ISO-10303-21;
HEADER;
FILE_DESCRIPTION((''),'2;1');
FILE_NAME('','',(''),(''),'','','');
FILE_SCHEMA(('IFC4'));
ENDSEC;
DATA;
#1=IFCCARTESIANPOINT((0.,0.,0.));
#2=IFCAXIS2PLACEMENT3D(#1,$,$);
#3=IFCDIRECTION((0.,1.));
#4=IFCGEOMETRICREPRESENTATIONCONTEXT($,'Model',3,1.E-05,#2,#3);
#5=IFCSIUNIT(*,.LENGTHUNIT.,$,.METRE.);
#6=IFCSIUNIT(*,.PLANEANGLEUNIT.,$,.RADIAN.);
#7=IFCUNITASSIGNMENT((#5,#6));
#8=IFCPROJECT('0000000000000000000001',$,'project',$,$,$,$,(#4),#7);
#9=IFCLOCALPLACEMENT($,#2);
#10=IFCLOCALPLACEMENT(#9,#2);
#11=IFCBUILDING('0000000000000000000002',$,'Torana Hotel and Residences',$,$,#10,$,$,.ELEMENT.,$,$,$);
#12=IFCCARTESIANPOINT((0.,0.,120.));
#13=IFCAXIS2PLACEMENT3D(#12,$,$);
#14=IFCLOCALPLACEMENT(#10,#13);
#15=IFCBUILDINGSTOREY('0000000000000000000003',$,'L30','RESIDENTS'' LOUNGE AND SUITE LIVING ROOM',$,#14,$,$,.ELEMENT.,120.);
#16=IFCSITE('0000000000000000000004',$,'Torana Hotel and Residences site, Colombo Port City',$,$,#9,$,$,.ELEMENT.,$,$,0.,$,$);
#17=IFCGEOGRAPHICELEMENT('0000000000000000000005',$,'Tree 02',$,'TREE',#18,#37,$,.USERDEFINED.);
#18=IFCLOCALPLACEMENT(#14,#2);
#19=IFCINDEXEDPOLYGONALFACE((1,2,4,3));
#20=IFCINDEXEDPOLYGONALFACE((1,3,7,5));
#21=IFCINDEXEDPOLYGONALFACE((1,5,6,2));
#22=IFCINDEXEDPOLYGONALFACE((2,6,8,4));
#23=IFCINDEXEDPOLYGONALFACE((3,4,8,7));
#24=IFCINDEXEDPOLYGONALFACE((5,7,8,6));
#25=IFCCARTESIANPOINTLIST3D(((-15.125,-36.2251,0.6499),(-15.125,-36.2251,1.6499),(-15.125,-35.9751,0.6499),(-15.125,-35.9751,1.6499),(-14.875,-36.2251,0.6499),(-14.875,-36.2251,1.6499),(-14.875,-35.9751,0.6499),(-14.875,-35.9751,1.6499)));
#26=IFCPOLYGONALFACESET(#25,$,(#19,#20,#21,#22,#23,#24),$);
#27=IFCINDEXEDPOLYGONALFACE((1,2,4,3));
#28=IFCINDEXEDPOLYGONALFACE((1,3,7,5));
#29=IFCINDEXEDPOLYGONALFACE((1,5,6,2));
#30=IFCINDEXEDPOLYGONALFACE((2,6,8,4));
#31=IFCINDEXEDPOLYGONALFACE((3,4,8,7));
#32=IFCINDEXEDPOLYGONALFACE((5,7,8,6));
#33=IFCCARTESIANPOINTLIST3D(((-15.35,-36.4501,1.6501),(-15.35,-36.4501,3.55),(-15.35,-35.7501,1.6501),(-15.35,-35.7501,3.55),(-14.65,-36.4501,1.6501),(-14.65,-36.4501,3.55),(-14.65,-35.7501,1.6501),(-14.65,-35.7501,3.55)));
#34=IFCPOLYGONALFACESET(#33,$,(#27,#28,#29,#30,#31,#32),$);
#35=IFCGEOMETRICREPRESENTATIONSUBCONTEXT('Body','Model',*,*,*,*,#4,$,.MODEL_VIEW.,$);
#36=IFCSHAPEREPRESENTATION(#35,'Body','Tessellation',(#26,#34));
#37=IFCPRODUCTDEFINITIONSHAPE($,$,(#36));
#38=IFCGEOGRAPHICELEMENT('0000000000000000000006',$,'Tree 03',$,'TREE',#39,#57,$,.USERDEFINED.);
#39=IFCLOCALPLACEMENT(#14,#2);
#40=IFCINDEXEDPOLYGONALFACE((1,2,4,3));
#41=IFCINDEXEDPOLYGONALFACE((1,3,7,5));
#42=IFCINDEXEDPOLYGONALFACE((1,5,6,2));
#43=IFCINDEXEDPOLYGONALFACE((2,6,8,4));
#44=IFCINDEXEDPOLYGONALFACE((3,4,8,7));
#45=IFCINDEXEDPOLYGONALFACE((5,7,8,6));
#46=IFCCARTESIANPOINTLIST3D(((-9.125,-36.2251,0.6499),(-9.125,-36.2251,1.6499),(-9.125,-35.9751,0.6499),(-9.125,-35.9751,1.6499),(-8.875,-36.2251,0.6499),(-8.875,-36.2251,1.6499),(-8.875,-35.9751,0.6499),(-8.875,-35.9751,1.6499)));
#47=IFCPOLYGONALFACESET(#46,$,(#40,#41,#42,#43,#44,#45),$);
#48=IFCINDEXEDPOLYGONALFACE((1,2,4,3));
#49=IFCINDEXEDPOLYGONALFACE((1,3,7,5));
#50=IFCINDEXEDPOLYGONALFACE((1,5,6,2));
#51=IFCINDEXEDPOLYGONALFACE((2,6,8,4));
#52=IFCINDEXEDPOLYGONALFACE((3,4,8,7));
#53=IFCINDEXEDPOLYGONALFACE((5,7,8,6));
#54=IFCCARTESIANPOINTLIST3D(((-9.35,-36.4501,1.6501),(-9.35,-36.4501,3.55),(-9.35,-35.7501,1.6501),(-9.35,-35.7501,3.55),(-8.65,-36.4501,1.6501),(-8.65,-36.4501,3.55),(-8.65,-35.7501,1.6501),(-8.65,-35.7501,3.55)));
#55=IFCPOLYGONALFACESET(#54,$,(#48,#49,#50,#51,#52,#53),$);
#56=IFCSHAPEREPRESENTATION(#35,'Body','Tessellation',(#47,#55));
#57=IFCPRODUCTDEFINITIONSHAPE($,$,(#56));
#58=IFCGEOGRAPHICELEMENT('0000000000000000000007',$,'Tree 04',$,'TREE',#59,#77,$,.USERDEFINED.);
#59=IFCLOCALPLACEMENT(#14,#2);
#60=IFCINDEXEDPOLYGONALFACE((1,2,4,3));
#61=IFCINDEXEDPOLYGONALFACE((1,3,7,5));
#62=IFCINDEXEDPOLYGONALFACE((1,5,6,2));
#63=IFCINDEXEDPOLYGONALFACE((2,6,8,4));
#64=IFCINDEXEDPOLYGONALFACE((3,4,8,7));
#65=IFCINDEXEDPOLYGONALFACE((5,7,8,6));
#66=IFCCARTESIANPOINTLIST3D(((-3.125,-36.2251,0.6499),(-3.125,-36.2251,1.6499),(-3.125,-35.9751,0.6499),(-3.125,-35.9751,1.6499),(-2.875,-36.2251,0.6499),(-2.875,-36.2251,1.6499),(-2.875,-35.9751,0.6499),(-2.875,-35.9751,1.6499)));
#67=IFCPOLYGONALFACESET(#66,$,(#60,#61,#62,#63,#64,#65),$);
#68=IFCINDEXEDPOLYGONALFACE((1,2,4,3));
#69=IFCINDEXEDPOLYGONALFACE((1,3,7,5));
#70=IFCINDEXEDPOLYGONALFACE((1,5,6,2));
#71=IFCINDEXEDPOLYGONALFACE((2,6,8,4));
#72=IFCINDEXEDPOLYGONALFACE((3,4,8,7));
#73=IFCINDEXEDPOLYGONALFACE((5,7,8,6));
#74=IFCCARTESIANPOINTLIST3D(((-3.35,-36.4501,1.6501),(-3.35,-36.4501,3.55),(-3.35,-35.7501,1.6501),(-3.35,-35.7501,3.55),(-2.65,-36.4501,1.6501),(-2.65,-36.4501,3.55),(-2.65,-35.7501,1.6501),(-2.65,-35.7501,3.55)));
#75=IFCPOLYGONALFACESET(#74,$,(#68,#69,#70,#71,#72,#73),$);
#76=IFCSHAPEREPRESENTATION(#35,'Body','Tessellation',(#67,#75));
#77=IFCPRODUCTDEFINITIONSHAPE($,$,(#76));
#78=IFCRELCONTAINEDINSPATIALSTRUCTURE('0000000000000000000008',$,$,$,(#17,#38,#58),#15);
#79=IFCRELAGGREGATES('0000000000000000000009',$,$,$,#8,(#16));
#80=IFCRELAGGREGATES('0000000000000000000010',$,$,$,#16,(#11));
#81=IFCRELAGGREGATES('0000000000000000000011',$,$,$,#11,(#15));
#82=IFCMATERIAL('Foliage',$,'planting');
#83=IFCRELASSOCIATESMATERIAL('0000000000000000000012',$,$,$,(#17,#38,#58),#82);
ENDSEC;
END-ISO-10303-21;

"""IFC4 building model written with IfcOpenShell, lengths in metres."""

from ifc_helpers import new_model, si_unit, direction, frame, origin, origin_2d, place, context, subcontext, project, spatial, rectangle, extrude, material, element, save


model = new_model("IFC4")

# Units and contexts
model_context = context("Model", 3, precision=1e-05, world=origin(), true_north=direction((0.0, 1.0)))
body_context = subcontext(model_context, "Body", "Model", "MODEL_VIEW")
ifc_project = project(units=[si_unit("LENGTHUNIT", "METRE"), si_unit("PLANEANGLEUNIT", "RADIAN")], contexts=[model_context])

# Site, building, storey
site_placement = place(None, origin())
site = spatial("IfcSite", under=ifc_project, at=site_placement, Name="Torana Hotel and Residences site, Colombo Port City", CompositionType="ELEMENT", RefElevation=0.0)
building_placement = place(site_placement, origin())
building = spatial("IfcBuilding", under=site, at=building_placement, Name="Torana Hotel and Residences", CompositionType="ELEMENT")
storey_placement = place(building_placement, frame((0.0, 0.0, 120.0)))
storey = spatial("IfcBuildingStorey", under=building, at=storey_placement, Name="L30", Description="RESIDENTS' LOUNGE AND SUITE LIVING ROOM", CompositionType="ELEMENT", Elevation=120.0)

# Geographic elements
ifc_material_1 = material(Name="Foliage", Category="planting")
for number, where, z_axis, x_axis, name in (
    (1, (-15.0, -36.1001, 0.6499), (0.0, 0.0, 1.0), (1.0, 0.0, 0.0), "Tree 02"),
    (2, (-9.0, -36.1001, 0.6499), (0.0, 0.0, 1.0), (1.0, 0.0, 0.0), "Tree 03"),
    (3, (-3.0, -36.1001, 0.6499), (0.0, 0.0, 1.0), (1.0, 0.0, 0.0), "Tree 04"),
):
    element("IfcGeographicElement", number, at=place(storey_placement, frame(where, z_axis=z_axis, x_axis=x_axis)), inside=storey, material=ifc_material_1, Name=name, ObjectType="TREE", PredefinedType="USERDEFINED", context=body_context, shape_type="SweptSolid", body=[
        extrude(rectangle(XDim=0.25, YDim=0.25, at=origin_2d()), origin(), (0.0, 0.0, 1.0), 1.0),
        extrude(rectangle(XDim=0.7, YDim=0.7, at=origin_2d()), frame((0.0, 0.0, 1.0002)), (0.0, 0.0, 1.0), 1.8999),
    ])

save(model, "model.ifc")
